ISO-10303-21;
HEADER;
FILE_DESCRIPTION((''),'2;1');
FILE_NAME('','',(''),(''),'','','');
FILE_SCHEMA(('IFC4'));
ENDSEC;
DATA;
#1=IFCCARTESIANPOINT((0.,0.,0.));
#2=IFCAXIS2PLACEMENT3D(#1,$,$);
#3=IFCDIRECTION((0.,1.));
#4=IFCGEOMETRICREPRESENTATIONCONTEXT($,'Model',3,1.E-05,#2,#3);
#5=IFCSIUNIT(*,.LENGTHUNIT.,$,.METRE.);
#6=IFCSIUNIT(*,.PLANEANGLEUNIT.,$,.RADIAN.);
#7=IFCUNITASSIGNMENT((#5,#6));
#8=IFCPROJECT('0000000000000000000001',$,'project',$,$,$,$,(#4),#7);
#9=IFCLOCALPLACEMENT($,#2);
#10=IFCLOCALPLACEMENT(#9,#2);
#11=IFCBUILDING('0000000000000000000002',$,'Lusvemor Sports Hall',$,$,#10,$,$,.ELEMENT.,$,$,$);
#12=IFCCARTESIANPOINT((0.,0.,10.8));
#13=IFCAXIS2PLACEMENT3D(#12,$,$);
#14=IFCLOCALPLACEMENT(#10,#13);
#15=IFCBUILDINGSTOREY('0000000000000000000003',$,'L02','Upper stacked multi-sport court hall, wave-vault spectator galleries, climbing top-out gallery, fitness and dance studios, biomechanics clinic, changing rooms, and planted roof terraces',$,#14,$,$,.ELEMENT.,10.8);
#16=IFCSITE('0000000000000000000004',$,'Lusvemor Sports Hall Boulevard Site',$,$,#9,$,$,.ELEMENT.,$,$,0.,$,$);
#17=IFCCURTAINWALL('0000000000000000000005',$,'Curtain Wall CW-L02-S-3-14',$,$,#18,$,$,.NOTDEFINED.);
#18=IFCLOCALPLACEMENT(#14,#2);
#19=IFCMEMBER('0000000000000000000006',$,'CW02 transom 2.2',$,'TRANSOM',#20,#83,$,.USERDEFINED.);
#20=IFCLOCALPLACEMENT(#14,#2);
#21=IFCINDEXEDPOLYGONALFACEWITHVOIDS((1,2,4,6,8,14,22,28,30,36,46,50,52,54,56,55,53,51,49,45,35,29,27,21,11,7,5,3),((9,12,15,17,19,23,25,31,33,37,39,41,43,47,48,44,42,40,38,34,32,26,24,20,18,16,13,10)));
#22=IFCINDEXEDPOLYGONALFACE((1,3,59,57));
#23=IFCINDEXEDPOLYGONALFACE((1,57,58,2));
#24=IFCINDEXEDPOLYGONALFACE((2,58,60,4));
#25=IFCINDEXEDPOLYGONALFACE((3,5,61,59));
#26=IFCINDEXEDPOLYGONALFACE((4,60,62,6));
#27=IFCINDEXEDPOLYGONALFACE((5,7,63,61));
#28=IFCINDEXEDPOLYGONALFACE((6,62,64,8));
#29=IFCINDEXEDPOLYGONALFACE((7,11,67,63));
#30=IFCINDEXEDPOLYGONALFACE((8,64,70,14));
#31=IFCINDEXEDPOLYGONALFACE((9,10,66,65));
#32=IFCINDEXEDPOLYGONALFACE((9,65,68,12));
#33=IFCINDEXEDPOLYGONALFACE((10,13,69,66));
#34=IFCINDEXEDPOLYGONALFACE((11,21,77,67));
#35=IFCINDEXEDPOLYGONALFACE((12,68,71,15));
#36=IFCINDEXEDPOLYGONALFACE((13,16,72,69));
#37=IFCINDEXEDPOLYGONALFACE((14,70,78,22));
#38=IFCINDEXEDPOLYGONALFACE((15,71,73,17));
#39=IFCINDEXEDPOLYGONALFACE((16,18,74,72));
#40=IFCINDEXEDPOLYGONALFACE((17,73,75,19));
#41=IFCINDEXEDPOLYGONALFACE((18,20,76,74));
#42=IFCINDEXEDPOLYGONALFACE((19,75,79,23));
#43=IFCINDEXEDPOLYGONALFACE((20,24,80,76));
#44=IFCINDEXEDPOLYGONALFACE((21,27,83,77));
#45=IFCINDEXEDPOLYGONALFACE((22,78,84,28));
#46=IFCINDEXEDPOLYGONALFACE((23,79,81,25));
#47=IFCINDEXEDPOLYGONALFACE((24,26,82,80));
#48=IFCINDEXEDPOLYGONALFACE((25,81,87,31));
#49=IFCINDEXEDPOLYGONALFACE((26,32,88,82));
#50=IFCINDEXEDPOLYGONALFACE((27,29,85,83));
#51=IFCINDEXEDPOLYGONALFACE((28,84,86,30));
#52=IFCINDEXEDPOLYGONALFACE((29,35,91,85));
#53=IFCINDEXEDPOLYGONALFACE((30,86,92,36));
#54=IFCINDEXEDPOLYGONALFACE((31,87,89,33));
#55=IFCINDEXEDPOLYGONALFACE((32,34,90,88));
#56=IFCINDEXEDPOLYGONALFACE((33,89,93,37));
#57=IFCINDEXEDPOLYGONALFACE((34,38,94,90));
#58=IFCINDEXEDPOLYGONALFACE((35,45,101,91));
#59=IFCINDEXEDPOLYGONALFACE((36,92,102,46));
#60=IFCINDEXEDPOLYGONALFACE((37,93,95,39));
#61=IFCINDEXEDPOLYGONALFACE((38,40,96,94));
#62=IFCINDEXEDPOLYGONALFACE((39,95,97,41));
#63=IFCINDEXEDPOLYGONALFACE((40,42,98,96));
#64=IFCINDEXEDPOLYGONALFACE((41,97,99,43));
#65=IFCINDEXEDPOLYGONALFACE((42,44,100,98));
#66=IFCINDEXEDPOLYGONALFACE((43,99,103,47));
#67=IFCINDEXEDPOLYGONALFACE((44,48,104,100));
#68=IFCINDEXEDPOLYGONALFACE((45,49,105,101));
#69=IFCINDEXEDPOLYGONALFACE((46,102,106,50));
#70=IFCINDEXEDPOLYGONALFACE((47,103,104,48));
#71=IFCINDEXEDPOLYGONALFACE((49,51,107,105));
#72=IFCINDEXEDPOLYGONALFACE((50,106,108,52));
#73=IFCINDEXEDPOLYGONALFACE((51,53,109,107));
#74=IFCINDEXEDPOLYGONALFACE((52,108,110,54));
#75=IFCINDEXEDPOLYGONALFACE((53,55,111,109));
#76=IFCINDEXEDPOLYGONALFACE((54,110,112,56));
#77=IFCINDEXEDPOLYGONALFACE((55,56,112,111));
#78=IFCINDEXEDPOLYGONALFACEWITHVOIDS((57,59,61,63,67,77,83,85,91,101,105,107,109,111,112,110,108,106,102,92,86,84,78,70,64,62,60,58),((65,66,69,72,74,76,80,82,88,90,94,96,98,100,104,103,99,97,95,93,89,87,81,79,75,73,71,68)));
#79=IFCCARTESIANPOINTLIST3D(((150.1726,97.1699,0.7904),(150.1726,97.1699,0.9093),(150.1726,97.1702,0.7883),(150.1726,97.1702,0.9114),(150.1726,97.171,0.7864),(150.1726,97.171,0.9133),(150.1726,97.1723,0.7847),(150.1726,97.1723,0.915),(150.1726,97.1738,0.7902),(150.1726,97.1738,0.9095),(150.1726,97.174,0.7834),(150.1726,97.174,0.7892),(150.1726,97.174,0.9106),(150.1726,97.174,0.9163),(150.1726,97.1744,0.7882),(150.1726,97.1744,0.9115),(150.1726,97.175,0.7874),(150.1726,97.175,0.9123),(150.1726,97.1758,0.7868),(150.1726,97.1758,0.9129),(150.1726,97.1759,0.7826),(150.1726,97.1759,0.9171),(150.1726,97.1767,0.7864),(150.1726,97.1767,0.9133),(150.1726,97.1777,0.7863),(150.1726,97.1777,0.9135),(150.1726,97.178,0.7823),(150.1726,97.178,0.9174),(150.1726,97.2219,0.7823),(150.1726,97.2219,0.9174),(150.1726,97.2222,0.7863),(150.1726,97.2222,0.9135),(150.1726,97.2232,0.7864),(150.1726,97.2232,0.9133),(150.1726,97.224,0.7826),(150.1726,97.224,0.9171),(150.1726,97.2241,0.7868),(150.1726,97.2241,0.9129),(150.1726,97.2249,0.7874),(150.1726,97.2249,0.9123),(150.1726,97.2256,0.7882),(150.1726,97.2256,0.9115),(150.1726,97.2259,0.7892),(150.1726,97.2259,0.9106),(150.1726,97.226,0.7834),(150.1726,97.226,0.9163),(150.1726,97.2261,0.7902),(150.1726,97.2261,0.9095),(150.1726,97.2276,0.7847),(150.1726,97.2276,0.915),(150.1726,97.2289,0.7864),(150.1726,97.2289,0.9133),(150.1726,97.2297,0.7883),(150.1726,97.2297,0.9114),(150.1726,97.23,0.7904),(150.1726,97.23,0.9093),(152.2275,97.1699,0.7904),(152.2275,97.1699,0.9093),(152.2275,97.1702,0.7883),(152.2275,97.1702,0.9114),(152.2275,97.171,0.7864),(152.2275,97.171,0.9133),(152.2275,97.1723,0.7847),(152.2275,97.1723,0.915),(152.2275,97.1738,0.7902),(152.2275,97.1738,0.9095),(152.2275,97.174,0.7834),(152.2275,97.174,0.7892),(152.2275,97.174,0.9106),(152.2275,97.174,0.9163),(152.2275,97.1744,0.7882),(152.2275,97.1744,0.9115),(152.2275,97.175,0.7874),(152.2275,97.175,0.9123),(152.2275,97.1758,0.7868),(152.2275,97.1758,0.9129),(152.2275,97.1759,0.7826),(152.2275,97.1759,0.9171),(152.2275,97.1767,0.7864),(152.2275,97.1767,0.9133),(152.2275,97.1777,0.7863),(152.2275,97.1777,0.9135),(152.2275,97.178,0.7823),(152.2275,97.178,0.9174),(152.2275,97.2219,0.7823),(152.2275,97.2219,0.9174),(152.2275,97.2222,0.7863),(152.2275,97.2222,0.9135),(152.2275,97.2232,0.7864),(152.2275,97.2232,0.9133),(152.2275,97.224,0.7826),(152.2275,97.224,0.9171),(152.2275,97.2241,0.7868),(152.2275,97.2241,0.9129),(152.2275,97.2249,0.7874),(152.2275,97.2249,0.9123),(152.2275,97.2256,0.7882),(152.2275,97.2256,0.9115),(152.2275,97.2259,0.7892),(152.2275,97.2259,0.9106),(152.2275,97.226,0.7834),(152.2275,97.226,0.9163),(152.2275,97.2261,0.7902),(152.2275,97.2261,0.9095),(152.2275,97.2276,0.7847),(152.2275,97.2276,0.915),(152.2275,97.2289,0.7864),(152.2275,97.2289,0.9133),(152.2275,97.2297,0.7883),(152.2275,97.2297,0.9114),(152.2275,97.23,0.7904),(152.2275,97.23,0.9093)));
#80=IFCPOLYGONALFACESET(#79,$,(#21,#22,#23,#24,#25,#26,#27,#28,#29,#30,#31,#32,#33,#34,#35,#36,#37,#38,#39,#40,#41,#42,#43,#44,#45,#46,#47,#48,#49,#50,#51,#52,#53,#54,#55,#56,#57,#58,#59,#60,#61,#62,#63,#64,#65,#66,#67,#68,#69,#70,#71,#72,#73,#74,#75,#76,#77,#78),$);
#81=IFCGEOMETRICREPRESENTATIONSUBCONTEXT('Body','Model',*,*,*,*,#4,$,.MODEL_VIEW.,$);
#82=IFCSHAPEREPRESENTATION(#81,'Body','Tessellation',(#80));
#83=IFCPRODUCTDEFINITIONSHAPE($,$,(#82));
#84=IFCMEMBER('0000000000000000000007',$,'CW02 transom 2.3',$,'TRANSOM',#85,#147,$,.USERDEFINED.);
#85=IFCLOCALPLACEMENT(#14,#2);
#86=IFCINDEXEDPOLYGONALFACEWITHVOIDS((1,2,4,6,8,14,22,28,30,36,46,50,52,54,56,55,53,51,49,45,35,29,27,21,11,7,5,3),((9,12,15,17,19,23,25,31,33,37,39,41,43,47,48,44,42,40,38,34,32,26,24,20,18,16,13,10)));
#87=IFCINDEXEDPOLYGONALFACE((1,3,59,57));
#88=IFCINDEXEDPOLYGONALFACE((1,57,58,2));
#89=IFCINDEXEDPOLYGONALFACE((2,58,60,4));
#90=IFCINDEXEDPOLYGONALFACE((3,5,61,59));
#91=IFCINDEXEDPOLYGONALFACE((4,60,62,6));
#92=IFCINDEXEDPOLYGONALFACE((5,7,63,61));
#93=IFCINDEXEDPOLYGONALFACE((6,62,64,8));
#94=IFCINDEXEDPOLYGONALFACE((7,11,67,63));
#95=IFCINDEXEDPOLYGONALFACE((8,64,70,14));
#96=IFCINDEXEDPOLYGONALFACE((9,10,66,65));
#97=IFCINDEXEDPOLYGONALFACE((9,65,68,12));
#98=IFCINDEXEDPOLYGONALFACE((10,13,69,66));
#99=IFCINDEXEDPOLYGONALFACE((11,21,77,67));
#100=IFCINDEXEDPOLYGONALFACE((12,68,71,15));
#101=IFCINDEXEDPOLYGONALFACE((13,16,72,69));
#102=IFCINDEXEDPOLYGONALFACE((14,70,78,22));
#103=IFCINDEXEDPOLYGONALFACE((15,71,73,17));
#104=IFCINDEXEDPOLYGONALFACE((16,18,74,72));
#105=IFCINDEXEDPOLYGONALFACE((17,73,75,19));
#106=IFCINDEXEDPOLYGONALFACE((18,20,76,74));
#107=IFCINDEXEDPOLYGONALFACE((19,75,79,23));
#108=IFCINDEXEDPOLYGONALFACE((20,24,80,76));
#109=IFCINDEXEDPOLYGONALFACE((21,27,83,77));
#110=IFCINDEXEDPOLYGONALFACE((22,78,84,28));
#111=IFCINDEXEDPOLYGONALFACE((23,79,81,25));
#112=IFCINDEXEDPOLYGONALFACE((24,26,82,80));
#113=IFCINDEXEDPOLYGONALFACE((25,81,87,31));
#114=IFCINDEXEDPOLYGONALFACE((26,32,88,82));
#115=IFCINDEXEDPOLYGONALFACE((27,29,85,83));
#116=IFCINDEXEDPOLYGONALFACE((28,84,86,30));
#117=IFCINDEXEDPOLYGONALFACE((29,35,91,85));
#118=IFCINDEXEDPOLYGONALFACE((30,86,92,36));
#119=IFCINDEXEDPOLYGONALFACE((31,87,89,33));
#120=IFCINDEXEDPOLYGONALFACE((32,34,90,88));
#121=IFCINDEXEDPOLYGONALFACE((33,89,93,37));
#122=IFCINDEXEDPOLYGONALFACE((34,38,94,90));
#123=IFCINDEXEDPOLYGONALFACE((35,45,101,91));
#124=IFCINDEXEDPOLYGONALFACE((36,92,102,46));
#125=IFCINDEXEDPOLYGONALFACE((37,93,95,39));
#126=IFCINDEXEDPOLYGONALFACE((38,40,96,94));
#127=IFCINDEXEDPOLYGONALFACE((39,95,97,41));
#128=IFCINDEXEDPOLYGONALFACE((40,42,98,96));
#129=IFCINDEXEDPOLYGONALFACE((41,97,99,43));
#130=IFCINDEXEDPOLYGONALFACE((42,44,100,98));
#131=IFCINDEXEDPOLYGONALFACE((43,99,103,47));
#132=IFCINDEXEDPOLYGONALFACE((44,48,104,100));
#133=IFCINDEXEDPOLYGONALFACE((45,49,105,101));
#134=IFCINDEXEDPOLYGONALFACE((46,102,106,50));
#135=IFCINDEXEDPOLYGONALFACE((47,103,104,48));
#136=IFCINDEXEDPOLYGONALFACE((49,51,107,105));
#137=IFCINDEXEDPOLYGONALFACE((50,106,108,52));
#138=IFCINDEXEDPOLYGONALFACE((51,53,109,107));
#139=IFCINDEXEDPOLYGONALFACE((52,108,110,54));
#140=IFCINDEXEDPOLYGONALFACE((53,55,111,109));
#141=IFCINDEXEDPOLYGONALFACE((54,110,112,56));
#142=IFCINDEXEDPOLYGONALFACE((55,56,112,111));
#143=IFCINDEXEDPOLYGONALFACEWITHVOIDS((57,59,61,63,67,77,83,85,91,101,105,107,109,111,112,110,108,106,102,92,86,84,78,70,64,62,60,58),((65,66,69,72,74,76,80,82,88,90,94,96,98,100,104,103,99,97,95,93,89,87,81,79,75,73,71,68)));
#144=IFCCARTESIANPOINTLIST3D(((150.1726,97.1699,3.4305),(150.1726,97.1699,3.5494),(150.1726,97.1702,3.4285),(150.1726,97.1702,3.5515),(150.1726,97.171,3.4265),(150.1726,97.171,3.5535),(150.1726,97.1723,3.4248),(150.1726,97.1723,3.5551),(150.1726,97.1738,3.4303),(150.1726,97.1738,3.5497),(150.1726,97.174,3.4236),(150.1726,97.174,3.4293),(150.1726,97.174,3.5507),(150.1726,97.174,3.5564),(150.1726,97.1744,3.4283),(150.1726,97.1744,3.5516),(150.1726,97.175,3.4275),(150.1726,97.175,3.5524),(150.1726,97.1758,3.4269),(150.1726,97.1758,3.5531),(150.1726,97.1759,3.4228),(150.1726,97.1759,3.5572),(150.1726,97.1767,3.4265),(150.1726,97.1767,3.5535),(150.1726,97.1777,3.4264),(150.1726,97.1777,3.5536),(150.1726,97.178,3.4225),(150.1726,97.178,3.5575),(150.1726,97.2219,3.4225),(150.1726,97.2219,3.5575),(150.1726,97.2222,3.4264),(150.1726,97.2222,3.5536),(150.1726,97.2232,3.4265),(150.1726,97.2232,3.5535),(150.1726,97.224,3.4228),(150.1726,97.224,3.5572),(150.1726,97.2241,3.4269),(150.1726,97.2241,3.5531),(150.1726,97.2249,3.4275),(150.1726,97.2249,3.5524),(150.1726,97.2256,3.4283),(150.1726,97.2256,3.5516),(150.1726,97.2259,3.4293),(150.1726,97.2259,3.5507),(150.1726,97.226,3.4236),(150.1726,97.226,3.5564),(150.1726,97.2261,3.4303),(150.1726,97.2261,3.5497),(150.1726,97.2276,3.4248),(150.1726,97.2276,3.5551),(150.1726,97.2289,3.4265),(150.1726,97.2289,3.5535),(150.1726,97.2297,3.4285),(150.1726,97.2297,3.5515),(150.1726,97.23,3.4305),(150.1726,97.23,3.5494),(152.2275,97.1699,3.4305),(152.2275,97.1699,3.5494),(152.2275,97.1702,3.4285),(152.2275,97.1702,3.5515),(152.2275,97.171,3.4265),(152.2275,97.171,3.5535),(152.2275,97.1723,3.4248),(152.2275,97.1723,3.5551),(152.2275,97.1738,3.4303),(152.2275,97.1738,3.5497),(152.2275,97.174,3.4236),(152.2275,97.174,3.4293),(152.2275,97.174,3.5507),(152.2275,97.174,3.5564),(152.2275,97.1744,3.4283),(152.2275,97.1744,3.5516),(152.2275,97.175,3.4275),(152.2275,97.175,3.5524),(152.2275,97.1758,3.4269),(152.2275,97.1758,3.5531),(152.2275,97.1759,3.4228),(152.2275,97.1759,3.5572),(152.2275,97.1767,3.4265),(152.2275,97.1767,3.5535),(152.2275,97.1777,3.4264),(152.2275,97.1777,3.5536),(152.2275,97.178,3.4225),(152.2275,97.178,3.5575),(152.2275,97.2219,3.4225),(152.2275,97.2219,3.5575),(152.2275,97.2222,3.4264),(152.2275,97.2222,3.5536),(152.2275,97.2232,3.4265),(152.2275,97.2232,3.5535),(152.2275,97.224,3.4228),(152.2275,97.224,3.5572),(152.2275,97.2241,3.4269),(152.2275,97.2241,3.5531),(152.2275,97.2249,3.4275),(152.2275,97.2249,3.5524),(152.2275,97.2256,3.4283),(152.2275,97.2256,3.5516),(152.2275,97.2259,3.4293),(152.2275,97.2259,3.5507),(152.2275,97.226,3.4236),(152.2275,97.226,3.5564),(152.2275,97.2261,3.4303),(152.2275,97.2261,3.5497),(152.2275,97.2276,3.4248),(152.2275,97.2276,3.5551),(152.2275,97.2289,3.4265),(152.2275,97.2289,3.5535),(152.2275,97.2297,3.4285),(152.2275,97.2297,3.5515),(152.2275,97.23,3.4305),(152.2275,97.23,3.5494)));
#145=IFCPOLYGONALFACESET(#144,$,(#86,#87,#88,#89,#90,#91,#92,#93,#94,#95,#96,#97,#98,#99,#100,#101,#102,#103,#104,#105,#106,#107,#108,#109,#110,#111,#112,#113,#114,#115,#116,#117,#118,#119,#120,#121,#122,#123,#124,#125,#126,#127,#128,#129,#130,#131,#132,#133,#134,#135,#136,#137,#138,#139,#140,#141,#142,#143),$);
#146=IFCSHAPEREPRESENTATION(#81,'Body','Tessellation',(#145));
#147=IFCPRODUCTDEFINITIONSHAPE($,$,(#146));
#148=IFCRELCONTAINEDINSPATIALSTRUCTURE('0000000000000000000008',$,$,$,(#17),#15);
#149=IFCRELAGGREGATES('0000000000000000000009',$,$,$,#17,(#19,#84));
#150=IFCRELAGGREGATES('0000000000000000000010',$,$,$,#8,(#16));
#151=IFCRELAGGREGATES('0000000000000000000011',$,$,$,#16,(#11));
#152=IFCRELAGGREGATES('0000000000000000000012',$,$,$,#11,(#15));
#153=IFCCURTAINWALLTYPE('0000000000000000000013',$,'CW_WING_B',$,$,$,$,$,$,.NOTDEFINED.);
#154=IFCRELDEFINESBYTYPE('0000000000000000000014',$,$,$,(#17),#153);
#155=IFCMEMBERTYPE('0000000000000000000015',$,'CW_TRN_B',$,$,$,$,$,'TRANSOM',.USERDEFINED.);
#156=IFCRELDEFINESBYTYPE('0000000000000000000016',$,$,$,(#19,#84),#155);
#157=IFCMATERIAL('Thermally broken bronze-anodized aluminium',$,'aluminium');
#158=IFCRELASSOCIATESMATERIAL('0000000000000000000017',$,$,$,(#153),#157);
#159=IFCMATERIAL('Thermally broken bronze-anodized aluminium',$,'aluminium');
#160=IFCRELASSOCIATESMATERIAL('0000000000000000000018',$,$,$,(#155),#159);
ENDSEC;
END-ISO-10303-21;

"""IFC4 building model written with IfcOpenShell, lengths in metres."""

from ifc_helpers import new_model, si_unit, direction, frame, origin, origin_2d, place, context, subcontext, project, spatial, hollow_rectangle, extrude, material, material_profile, profile_set, type_object, element, aggregate, save


model = new_model("IFC4")

# Units and contexts
model_context = context("Model", 3, precision=1e-05, world=origin(), true_north=direction((0.0, 1.0)))
body_context = subcontext(model_context, "Body", "Model", "MODEL_VIEW")
ifc_project = project(units=[si_unit("LENGTHUNIT", "METRE"), si_unit("PLANEANGLEUNIT", "RADIAN")], contexts=[model_context])

# Site, building, storey
site_placement = place(None, origin())
site = spatial("IfcSite", under=ifc_project, at=site_placement, Name="Lusvemor Sports Hall Boulevard Site", CompositionType="ELEMENT", RefElevation=0.0)
building_placement = place(site_placement, origin())
building = spatial("IfcBuilding", under=site, at=building_placement, Name="Lusvemor Sports Hall", CompositionType="ELEMENT")
storey_placement = place(building_placement, frame((0.0, 0.0, 10.8)))
storey = spatial("IfcBuildingStorey", under=building, at=storey_placement, Name="L02", Description="Upper stacked multi-sport court hall, wave-vault spectator galleries, climbing top-out gallery, fitness and dance studios, biomechanics clinic, changing rooms, and planted roof terraces", CompositionType="ELEMENT", Elevation=10.8)

# Curtain wall, members
ifc_material_1 = material(Name="Thermally broken bronze-anodized aluminium", Category="aluminium")
curtain_wall_type = type_object("IfcCurtainWallType", Name="CW_WING_B", PredefinedType="NOTDEFINED", material=ifc_material_1)
curtain_wall_placement = place(storey_placement, origin())
curtain_wall = element("IfcCurtainWall", 1, at=curtain_wall_placement, inside=storey, type_object=curtain_wall_type, Name="Curtain Wall CW-L02-S-3-14", PredefinedType="NOTDEFINED")
ifc_material_2 = material(Name="Thermally broken bronze-anodized aluminium", Category="aluminium")
ifc_material_profile_1 = material_profile(ifc_material_2, hollow_rectangle(XDim=0.0601, YDim=0.135, WallThickness=0.0039, InnerFilletRadius=0.0039, OuterFilletRadius=0.0081, at=origin_2d()), Name="CWTRN135x60x4")
ifc_profile_set_1 = profile_set([ifc_material_profile_1], Name="Thermally broken bronze-anodized aluminium")
member_type_1 = type_object("IfcMemberType", Name="CW_TRN_B", ElementType="TRANSOM", PredefinedType="USERDEFINED", material=ifc_profile_set_1)
member_1_placement = place(storey_placement, frame((152.2275, 97.2, 0.8499), z_axis=(-1.0, 0.0, 0.0), x_axis=(0.0, -1.0, 0.0)))
member_1 = element("IfcMember", 2, at=member_1_placement, type_object=member_type_1, Name="CW02 transom 2.2", ObjectType="TRANSOM", PredefinedType="USERDEFINED", context=body_context, shape_type="SweptSolid", body=[
    extrude(hollow_rectangle(XDim=0.0601, YDim=0.135, WallThickness=0.0039, InnerFilletRadius=0.0039, OuterFilletRadius=0.0081, at=origin_2d()), origin(), (0.0, 0.0, 1.0), 2.0549),
])
member_2_placement = place(storey_placement, frame((152.2275, 97.2, 3.49), z_axis=(-1.0, 0.0, 0.0), x_axis=(0.0, -1.0, 0.0)))
member_2 = element("IfcMember", 3, at=member_2_placement, type_object=member_type_1, Name="CW02 transom 2.3", ObjectType="TRANSOM", PredefinedType="USERDEFINED", context=body_context, shape_type="SweptSolid", body=[
    extrude(hollow_rectangle(XDim=0.0601, YDim=0.135, WallThickness=0.0039, InnerFilletRadius=0.0039, OuterFilletRadius=0.0081, at=origin_2d()), origin(), (0.0, 0.0, 1.0), 2.0549),
])

aggregate(curtain_wall, [member_1, member_2])

save(model, "model.ifc")
